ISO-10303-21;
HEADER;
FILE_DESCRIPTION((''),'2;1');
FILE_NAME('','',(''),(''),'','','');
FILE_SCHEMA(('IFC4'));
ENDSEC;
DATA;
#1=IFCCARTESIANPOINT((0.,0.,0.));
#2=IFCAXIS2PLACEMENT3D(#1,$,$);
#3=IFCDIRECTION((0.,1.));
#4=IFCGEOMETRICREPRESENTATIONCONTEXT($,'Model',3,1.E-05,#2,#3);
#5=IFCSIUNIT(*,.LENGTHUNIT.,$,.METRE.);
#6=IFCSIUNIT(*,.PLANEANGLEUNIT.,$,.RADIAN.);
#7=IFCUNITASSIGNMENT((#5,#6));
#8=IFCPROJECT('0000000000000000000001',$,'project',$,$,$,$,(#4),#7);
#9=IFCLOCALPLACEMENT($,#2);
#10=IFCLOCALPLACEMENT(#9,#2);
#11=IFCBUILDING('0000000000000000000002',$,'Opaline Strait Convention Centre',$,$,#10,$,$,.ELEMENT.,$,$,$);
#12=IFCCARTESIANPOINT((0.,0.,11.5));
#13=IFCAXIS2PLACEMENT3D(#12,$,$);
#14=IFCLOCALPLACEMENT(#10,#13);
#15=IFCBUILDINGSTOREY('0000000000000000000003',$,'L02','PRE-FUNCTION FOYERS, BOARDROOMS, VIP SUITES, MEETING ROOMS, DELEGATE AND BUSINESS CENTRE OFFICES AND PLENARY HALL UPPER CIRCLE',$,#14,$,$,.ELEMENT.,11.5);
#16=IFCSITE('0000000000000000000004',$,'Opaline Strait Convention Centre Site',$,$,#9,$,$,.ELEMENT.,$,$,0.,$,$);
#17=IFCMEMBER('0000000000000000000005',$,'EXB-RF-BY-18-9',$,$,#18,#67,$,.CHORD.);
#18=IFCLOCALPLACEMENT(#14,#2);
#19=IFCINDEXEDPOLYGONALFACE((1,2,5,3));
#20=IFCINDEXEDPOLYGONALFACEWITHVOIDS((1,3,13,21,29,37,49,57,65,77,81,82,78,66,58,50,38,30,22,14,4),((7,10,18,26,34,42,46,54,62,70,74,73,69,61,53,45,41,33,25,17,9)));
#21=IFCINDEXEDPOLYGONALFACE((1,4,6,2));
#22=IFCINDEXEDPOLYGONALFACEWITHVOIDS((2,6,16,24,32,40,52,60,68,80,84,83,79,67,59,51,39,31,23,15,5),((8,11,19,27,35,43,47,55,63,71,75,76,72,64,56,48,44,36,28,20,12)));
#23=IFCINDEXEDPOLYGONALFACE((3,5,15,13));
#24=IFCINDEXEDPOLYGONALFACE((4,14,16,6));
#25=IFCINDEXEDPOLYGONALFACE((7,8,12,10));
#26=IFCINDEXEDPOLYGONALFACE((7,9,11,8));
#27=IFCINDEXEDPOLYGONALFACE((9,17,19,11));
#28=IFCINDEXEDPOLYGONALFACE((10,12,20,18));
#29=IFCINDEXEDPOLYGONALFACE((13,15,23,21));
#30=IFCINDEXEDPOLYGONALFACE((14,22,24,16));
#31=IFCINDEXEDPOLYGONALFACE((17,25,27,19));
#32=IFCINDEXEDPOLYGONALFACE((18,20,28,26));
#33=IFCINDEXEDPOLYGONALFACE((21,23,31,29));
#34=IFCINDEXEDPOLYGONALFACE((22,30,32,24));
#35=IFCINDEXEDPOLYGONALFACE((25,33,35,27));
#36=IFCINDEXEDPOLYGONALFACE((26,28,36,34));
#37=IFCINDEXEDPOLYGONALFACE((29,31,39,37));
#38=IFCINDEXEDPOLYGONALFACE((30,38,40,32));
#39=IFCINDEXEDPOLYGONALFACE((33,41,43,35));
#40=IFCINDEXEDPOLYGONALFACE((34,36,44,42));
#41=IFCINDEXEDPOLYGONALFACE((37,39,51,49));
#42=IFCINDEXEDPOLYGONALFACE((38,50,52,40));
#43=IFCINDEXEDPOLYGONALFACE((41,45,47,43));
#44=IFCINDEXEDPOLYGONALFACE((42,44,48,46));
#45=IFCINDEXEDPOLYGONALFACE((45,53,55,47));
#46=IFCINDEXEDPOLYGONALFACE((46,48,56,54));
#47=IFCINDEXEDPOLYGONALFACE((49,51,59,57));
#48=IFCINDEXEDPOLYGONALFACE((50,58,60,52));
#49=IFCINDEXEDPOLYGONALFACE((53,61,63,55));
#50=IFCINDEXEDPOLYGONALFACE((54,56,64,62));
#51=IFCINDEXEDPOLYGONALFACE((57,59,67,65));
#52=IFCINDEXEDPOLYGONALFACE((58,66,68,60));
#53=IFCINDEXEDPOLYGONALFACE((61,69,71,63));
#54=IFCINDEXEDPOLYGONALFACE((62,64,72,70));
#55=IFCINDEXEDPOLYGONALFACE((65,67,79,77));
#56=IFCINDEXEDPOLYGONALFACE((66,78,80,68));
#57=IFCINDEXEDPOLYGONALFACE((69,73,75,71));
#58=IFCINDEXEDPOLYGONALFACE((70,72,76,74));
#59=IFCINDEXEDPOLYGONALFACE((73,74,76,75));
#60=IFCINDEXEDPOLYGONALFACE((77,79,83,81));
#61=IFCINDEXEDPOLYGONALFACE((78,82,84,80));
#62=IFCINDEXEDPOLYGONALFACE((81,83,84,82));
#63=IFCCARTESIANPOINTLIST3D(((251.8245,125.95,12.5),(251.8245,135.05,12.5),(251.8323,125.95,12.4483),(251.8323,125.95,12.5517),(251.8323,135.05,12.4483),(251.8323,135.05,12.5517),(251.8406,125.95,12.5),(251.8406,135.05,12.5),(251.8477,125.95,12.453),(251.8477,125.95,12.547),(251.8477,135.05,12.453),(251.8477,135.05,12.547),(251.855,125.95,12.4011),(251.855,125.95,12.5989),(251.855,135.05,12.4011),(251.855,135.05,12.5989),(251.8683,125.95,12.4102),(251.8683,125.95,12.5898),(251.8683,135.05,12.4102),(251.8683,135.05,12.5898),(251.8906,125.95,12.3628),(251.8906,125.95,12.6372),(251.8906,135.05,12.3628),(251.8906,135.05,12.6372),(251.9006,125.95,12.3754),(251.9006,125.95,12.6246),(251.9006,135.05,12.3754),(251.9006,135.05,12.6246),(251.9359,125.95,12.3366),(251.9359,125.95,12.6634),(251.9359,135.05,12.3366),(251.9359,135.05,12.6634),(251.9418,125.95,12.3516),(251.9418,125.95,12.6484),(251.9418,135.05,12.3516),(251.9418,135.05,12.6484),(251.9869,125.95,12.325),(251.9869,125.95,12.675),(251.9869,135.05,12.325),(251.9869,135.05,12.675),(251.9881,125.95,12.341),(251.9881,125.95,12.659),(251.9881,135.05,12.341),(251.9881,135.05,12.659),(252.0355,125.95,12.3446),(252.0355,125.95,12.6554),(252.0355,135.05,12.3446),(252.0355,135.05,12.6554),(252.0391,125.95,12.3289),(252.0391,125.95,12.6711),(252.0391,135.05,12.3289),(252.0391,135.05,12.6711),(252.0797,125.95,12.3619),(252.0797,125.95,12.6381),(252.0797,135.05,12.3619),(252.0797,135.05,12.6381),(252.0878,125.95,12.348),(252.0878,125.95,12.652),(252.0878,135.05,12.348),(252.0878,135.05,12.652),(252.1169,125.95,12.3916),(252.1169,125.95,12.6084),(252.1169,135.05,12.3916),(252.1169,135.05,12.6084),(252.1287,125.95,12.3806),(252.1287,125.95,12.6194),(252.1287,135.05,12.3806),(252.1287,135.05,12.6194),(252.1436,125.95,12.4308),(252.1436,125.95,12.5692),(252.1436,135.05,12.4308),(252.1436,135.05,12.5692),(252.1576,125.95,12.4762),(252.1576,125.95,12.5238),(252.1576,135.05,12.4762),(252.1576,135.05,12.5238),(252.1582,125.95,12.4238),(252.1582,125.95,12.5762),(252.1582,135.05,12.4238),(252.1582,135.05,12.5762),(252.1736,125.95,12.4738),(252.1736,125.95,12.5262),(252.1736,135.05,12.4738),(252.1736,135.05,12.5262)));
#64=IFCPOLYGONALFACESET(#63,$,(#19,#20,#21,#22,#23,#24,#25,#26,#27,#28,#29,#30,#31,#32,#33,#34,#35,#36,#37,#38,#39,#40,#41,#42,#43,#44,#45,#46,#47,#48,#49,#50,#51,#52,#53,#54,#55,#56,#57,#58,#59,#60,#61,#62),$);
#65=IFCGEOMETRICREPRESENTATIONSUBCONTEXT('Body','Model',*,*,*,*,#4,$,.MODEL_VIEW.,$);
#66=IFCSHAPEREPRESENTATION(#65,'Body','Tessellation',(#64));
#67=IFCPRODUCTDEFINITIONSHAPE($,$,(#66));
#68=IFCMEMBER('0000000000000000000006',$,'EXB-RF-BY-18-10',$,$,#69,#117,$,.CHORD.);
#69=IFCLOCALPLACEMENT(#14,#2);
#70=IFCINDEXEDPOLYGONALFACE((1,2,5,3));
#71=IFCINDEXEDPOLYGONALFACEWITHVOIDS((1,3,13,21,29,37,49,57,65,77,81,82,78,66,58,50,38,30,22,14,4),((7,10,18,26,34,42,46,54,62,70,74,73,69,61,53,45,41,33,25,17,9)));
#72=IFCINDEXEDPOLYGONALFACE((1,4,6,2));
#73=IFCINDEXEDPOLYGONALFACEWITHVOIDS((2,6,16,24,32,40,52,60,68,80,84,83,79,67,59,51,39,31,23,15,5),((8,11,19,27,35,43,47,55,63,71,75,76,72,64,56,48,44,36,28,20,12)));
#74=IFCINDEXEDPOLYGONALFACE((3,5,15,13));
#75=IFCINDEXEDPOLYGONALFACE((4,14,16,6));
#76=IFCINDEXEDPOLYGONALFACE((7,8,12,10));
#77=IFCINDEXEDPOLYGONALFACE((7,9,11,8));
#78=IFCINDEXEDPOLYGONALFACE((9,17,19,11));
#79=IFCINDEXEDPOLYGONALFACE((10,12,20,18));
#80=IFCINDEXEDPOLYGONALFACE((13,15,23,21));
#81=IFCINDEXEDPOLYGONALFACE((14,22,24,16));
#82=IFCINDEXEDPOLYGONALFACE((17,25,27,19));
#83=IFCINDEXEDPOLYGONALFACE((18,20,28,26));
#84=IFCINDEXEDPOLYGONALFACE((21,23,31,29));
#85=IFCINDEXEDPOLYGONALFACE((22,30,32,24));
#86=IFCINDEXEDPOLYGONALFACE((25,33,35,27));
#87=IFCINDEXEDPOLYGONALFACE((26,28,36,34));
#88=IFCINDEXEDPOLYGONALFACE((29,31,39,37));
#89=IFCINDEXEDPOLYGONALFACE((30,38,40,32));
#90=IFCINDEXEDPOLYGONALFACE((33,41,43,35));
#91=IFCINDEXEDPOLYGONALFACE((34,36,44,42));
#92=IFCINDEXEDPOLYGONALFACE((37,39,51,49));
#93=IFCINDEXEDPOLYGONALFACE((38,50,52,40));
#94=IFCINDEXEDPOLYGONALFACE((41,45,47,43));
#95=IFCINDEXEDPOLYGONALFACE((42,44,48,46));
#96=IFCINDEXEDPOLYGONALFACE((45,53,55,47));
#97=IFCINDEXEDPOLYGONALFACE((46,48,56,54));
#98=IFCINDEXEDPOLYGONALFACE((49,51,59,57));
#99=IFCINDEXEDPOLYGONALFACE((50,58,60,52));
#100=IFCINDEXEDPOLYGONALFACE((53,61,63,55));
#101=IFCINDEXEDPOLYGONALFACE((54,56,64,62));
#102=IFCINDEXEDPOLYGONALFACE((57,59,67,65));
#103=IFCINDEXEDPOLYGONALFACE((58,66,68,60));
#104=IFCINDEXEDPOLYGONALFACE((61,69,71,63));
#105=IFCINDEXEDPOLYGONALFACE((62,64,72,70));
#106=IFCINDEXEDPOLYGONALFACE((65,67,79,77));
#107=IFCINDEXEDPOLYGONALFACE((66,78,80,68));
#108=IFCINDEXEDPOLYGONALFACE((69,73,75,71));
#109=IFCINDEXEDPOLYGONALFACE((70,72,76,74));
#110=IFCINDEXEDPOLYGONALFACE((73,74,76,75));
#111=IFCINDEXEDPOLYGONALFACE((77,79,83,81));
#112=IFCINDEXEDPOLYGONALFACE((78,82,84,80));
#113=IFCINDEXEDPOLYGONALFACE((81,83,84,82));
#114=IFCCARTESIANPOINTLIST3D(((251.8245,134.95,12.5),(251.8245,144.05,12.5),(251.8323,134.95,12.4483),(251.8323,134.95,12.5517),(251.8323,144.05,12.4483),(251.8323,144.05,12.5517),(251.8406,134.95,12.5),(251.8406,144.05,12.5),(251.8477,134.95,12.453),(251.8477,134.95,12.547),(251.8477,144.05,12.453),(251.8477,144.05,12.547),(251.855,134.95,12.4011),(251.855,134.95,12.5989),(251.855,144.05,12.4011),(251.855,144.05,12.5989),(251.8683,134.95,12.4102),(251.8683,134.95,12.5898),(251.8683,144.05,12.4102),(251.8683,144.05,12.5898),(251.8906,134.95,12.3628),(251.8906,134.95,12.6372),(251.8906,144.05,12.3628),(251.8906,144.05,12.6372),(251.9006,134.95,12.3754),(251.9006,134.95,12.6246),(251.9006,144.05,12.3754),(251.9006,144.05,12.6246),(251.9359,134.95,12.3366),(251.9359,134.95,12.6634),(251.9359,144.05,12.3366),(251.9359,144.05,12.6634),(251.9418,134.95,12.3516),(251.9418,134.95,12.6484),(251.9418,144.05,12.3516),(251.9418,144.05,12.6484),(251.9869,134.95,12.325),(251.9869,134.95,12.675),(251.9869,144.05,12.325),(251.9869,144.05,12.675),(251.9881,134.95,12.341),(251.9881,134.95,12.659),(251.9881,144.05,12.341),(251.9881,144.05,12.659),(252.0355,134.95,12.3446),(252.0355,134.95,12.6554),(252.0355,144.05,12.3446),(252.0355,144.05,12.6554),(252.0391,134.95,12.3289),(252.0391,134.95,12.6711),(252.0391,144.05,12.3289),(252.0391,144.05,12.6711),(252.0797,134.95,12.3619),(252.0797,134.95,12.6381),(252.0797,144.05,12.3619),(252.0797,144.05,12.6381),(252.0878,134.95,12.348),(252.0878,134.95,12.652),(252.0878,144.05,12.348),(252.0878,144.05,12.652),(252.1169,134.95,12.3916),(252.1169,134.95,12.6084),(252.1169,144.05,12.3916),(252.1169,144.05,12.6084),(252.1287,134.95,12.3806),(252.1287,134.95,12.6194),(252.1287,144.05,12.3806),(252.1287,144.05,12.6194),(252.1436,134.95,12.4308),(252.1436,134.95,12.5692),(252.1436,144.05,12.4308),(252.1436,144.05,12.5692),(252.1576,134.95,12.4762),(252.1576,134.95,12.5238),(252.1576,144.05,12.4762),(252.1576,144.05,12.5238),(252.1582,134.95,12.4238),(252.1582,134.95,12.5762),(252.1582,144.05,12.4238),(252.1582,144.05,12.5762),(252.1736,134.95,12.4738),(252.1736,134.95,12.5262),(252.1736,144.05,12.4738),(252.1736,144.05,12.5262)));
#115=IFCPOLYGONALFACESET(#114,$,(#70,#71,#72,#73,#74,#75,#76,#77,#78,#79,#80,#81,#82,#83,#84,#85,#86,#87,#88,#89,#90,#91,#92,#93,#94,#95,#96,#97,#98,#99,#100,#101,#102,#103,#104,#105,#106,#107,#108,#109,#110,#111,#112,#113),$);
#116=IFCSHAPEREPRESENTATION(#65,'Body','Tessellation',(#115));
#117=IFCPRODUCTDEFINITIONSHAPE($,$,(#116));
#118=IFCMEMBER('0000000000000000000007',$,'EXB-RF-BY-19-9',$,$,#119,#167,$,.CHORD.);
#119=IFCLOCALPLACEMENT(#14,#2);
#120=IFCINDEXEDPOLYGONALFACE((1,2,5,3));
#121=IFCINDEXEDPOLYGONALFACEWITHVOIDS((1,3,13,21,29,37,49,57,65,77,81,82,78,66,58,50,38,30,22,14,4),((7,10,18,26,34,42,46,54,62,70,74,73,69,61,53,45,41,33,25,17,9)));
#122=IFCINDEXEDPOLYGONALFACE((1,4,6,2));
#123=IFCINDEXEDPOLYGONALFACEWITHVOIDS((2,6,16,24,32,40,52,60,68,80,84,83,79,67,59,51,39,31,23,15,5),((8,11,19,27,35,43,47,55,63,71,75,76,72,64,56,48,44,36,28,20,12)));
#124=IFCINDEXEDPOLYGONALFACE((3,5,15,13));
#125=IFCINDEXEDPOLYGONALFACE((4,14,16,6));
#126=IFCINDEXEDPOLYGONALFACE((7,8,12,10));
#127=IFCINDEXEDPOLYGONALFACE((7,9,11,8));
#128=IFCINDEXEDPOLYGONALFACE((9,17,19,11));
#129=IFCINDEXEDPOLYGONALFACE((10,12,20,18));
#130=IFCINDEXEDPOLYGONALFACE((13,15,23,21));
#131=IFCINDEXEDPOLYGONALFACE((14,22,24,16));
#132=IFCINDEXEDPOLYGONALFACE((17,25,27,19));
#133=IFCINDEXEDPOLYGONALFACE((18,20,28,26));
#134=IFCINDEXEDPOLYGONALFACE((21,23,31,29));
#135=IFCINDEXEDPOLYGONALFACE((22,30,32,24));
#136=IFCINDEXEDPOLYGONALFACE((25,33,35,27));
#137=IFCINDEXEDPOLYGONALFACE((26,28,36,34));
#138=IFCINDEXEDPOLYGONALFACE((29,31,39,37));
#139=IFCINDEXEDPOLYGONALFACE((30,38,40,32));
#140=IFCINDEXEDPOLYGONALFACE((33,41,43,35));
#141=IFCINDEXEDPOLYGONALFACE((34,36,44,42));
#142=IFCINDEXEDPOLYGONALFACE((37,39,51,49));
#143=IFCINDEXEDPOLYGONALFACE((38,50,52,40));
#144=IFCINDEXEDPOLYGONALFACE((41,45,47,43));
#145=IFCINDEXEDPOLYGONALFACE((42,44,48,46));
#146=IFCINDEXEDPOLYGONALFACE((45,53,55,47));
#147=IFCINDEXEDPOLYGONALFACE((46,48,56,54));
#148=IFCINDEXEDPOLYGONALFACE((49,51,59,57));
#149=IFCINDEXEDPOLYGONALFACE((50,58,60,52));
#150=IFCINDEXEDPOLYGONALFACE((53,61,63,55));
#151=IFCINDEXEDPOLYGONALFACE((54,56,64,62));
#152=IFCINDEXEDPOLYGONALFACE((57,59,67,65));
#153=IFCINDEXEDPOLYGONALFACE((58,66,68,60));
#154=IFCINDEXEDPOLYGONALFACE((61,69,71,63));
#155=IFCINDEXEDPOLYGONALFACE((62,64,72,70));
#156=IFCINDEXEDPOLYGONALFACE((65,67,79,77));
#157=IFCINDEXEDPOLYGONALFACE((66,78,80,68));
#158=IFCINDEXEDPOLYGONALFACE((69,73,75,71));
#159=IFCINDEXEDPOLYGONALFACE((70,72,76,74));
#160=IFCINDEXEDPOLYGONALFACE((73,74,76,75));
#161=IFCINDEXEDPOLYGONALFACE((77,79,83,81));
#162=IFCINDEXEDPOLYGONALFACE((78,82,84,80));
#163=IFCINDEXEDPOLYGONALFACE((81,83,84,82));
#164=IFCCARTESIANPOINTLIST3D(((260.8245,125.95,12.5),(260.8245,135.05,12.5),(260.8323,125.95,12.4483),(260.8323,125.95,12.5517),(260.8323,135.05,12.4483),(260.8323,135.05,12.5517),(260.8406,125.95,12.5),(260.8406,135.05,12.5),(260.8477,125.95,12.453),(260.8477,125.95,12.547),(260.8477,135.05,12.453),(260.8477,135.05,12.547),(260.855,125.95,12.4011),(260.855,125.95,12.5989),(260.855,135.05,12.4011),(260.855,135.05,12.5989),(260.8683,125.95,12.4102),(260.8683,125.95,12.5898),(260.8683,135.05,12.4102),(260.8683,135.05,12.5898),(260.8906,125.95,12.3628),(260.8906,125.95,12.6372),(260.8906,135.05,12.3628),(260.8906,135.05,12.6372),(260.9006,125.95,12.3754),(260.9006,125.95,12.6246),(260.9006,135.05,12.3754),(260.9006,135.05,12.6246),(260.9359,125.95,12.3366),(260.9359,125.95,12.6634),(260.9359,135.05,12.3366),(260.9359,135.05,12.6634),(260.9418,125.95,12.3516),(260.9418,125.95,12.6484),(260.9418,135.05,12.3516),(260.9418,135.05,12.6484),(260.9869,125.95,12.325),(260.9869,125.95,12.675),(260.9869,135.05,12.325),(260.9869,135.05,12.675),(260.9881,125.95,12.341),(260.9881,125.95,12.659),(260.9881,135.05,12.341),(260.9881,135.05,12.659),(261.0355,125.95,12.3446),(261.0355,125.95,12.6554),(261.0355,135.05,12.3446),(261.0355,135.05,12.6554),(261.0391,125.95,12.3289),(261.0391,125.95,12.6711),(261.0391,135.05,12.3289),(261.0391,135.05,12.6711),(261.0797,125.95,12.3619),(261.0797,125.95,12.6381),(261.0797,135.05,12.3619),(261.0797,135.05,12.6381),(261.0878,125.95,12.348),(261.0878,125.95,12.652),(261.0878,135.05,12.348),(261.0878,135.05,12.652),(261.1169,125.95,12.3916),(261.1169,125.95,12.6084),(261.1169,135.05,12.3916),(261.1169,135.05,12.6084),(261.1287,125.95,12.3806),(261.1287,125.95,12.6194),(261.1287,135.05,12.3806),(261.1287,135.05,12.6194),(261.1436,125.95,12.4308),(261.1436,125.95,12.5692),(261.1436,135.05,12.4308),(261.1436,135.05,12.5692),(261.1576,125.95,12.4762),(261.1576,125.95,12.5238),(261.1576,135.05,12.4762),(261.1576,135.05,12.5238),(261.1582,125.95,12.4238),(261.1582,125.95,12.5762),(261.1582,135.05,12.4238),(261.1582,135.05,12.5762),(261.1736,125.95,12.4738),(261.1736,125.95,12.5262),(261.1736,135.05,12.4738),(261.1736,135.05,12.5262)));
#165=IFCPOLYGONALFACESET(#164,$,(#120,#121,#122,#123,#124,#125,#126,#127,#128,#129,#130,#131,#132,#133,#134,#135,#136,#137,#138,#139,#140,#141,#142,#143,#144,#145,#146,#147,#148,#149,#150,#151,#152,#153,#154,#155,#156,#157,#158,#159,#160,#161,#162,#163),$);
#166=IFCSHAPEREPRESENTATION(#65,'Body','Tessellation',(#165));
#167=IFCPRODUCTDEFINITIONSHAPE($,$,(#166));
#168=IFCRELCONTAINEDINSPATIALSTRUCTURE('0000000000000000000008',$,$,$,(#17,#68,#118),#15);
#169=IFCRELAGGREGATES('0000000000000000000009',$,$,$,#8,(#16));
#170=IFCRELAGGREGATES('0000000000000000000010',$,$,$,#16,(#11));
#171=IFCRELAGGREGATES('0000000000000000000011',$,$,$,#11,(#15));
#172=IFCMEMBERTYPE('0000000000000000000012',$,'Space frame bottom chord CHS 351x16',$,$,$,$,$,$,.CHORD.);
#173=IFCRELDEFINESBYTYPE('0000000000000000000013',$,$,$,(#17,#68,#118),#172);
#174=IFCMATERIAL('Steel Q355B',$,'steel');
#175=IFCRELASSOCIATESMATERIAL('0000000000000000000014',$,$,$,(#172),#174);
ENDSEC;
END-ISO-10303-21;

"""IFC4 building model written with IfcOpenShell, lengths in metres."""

from ifc_helpers import new_model, si_unit, direction, frame, origin, origin_2d, place, context, subcontext, project, spatial, hollow_circle, extrude, material, material_profile, profile_set, type_object, element, save


model = new_model("IFC4")

# Units and contexts
model_context = context("Model", 3, precision=1e-05, world=origin(), true_north=direction((0.0, 1.0)))
body_context = subcontext(model_context, "Body", "Model", "MODEL_VIEW")
ifc_project = project(units=[si_unit("LENGTHUNIT", "METRE"), si_unit("PLANEANGLEUNIT", "RADIAN")], contexts=[model_context])

# Site, building, storey
site_placement = place(None, origin())
site = spatial("IfcSite", under=ifc_project, at=site_placement, Name="Opaline Strait Convention Centre Site", CompositionType="ELEMENT", RefElevation=0.0)
building_placement = place(site_placement, origin())
building = spatial("IfcBuilding", under=site, at=building_placement, Name="Opaline Strait Convention Centre", CompositionType="ELEMENT")
storey_placement = place(building_placement, frame((0.0, 0.0, 11.5)))
storey = spatial("IfcBuildingStorey", under=building, at=storey_placement, Name="L02", Description="PRE-FUNCTION FOYERS, BOARDROOMS, VIP SUITES, MEETING ROOMS, DELEGATE AND BUSINESS CENTRE OFFICES AND PLENARY HALL UPPER CIRCLE", CompositionType="ELEMENT", Elevation=11.5)

# Shared definitions
ifc_material_1 = material(Name="Steel Q355B", Category="steel")

# Members
ifc_material_profile_1 = material_profile(ifc_material_1, hollow_circle(Radius=0.1755, WallThickness=0.0161, at=origin_2d()), Name="CHS 351x16")
ifc_profile_set_1 = profile_set([ifc_material_profile_1], Name="Steel Q355B")
member_type_1 = type_object("IfcMemberType", Name="Space frame bottom chord CHS 351x16", PredefinedType="CHORD", material=ifc_profile_set_1)
for number, where, z_axis, x_axis, name in (
    (1, (252.0, 125.95, 12.5), (0.0, 1.0, 0.0), (-1.0, 0.0, 0.0), "EXB-RF-BY-18-9"),
    (2, (252.0, 134.95, 12.5), (0.0, 1.0, 0.0), (-1.0, 0.0, 0.0), "EXB-RF-BY-18-10"),
    (3, (261.0, 125.95, 12.5), (0.0, 1.0, 0.0), (-1.0, 0.0, 0.0), "EXB-RF-BY-19-9"),
):
    element("IfcMember", number, at=place(storey_placement, frame(where, z_axis=z_axis, x_axis=x_axis)), inside=storey, type_object=member_type_1, Name=name, PredefinedType="CHORD", context=body_context, shape_type="SweptSolid", body=[
        extrude(hollow_circle(Radius=0.1755, WallThickness=0.0161, at=origin_2d()), origin(), (0.0, 0.0, 1.0), 9.1001),
    ])

save(model, "model.ifc")
